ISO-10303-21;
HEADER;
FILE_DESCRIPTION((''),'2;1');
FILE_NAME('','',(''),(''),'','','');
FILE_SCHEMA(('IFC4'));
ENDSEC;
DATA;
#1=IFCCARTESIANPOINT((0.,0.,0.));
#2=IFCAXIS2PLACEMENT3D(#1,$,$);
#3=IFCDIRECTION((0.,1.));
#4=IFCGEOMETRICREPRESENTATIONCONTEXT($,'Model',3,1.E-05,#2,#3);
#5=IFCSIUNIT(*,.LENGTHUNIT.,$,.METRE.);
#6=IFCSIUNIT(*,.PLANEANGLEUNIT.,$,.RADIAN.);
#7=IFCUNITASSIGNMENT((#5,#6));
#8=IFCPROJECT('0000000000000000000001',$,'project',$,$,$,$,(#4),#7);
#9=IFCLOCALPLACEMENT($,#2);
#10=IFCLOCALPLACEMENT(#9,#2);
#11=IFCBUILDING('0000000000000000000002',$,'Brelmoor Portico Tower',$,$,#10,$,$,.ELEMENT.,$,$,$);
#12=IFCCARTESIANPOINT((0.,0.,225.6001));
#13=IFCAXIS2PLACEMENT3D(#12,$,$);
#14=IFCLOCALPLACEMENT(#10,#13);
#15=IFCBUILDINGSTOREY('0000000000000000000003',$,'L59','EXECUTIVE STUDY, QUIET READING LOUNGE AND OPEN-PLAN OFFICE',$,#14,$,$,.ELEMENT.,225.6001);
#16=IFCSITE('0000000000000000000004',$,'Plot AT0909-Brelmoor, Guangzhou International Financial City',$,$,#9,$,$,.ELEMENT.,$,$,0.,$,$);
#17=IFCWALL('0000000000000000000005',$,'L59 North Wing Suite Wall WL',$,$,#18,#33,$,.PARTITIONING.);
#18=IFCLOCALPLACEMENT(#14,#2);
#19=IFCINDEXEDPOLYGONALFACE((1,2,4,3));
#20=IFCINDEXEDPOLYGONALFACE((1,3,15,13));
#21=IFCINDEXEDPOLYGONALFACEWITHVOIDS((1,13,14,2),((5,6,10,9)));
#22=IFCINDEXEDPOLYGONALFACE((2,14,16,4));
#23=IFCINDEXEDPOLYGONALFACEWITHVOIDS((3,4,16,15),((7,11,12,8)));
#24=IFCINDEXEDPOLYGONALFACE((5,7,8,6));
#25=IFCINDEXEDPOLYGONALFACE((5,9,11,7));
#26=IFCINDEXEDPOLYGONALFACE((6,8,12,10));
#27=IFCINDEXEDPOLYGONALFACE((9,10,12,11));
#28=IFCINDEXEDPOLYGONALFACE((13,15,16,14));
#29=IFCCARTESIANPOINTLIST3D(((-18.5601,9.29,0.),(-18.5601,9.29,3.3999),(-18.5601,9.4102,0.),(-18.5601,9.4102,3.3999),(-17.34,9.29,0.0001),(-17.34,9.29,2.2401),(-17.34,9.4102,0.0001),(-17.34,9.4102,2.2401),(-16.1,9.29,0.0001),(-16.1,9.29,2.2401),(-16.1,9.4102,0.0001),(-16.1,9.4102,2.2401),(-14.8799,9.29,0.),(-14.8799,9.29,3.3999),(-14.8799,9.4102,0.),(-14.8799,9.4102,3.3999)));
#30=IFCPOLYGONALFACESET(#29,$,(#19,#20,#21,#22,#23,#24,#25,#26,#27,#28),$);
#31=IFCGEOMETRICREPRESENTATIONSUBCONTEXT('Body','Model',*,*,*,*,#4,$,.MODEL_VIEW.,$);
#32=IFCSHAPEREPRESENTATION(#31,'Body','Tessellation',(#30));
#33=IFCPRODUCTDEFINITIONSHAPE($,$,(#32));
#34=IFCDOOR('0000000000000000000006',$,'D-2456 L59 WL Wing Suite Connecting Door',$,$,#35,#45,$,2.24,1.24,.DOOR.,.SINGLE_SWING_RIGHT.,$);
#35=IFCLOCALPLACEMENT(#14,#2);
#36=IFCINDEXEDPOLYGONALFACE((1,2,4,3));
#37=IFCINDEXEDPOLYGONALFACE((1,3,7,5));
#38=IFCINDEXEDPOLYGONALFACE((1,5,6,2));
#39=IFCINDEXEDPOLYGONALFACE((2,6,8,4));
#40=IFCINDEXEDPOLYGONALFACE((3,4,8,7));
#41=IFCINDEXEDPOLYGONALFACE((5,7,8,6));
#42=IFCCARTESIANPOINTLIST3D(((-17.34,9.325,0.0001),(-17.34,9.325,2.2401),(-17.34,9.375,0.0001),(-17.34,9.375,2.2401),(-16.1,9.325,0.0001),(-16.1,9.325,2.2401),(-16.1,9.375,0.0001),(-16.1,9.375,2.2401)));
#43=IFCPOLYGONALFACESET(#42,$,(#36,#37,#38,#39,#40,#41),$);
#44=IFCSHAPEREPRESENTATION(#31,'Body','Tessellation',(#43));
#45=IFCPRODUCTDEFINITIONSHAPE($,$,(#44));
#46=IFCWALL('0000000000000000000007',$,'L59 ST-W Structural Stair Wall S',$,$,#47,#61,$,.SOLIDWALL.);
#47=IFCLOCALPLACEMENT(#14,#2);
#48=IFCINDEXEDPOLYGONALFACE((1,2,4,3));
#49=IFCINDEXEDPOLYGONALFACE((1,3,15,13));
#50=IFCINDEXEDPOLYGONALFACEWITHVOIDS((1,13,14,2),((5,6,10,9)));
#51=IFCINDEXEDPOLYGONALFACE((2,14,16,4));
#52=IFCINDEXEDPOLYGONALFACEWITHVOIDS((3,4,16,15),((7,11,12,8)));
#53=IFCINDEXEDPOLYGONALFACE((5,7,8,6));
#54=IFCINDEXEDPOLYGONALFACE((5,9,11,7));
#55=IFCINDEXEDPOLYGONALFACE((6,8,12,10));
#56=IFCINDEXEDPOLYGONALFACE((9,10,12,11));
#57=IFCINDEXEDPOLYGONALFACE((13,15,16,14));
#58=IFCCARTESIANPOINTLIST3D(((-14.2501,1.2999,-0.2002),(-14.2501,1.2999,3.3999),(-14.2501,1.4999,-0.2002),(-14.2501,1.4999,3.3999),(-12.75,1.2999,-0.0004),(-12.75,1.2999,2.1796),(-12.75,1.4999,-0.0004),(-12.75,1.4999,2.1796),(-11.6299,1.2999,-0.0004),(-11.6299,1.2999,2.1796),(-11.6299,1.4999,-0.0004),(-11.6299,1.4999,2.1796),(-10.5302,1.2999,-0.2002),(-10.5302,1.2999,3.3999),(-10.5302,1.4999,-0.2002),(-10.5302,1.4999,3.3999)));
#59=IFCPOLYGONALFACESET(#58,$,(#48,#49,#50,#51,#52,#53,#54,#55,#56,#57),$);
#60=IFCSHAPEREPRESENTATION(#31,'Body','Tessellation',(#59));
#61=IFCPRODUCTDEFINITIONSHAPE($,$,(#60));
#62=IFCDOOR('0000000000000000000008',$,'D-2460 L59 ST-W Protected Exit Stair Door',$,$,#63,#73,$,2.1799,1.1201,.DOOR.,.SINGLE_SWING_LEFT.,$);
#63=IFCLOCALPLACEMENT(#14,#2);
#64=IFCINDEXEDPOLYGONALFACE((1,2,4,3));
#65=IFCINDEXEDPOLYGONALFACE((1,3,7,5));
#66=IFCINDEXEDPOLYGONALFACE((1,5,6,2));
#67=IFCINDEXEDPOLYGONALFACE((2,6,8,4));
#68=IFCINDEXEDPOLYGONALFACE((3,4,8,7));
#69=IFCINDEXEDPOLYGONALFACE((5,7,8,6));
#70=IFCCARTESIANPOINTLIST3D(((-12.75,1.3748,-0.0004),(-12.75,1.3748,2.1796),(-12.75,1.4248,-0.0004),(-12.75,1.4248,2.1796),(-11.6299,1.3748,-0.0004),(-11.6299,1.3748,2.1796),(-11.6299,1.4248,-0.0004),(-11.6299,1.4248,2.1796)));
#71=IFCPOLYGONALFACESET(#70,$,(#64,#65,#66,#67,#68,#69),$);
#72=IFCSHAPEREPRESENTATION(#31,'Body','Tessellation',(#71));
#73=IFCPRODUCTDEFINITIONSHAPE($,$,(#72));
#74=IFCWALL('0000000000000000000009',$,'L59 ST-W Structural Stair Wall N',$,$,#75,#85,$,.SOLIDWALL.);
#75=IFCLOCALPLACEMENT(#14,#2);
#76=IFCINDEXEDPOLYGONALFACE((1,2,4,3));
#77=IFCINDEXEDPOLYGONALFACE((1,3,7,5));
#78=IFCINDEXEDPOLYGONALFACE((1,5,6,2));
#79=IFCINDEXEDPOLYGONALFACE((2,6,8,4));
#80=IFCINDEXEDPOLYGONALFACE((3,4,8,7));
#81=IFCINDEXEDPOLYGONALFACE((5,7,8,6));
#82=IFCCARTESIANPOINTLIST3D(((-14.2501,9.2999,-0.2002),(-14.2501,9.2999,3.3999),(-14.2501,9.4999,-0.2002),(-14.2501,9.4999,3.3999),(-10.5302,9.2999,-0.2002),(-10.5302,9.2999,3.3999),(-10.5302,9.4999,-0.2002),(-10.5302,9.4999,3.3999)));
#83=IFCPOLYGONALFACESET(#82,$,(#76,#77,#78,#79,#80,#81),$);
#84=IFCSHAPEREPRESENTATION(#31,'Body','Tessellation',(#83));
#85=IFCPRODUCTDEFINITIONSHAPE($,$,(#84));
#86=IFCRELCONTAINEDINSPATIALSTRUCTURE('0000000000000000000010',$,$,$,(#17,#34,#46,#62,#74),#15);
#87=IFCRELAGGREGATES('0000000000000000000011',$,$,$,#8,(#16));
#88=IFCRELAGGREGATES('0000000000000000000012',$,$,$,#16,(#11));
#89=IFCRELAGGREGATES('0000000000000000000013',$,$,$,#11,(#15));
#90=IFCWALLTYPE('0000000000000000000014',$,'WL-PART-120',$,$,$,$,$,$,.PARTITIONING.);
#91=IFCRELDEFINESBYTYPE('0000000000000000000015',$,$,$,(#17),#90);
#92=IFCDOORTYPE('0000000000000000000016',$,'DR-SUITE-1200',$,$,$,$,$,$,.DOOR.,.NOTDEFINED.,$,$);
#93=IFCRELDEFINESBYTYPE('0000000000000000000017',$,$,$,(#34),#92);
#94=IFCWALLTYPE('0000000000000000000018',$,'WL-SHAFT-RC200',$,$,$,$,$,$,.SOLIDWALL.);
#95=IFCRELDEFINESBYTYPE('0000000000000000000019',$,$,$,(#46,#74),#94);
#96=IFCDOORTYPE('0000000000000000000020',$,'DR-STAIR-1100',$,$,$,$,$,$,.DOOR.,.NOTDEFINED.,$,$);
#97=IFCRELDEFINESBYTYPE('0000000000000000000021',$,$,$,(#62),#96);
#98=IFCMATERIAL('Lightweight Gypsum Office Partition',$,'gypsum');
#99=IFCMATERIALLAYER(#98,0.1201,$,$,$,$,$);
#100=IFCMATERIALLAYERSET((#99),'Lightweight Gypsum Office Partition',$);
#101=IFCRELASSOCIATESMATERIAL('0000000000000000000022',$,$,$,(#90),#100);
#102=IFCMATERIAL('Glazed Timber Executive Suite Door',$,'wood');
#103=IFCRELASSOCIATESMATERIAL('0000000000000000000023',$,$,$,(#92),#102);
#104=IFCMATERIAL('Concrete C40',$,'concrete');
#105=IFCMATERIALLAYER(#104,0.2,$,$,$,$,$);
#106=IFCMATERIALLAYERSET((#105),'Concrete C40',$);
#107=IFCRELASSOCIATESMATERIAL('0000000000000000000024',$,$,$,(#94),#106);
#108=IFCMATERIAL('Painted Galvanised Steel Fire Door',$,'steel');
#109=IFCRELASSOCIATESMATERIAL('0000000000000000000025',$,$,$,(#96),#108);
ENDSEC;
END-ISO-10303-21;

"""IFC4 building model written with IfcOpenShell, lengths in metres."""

from ifc_helpers import new_model, si_unit, direction, frame, frame_2d, origin, place, context, subcontext, project, spatial, rectangle, extrude, material, layer, layer_set, type_object, element, fill, save


model = new_model("IFC4")

# Units and contexts
model_context = context("Model", 3, precision=1e-05, world=origin(), true_north=direction((0.0, 1.0)))
body_context = subcontext(model_context, "Body", "Model", "MODEL_VIEW")
ifc_project = project(units=[si_unit("LENGTHUNIT", "METRE"), si_unit("PLANEANGLEUNIT", "RADIAN")], contexts=[model_context])

# Site, building, storey
site_placement = place(None, origin())
site = spatial("IfcSite", under=ifc_project, at=site_placement, Name="Plot AT0909-Brelmoor, Guangzhou International Financial City", CompositionType="ELEMENT", RefElevation=0.0)
building_placement = place(site_placement, origin())
building = spatial("IfcBuilding", under=site, at=building_placement, Name="Brelmoor Portico Tower", CompositionType="ELEMENT")
storey_placement = place(building_placement, frame((0.0, 0.0, 225.6001)))
storey = spatial("IfcBuildingStorey", under=building, at=storey_placement, Name="L59", Description="EXECUTIVE STUDY, QUIET READING LOUNGE AND OPEN-PLAN OFFICE", CompositionType="ELEMENT", Elevation=225.6001)

# Walls, openings, doors
ifc_material_1 = material(Name="Lightweight Gypsum Office Partition", Category="gypsum")
ifc_layer_1 = layer(ifc_material_1, 0.1201)
ifc_layer_set_1 = layer_set([ifc_layer_1], Name="Lightweight Gypsum Office Partition")
wall_type_1 = type_object("IfcWallType", Name="WL-PART-120", PredefinedType="PARTITIONING", material=ifc_layer_set_1)
wall_1_placement = place(storey_placement, frame((-18.5601, 9.3501, 0.0), z_axis=(0.0, 0.0, 1.0), x_axis=(1.0, 0.0, 0.0)))
wall_1 = element("IfcWall", 1, at=wall_1_placement, inside=storey, type_object=wall_type_1, Name="L59 North Wing Suite Wall WL", PredefinedType="PARTITIONING", context=body_context, shape_type="SweptSolid", body=[
    extrude(rectangle(XDim=3.6802, YDim=0.1201, at=frame_2d((1.8401, 0.0))), origin(), (0.0, 0.0, 1.0), 3.3999),
])
opening_1_placement = place(wall_1_placement, frame((1.22, 0.0, 0.0)))
opening_1 = element("IfcOpeningElement", 2, at=opening_1_placement, cuts=wall_1, PredefinedType="OPENING", context=body_context, shape_type="SweptSolid", body=[
    extrude(rectangle(XDim=1.24, YDim=2.24, at=frame_2d((0.6201, 1.1201))), frame((0.0, 0.0701, 0.0), z_axis=(0.0, -1.0, 0.0), x_axis=(1.0, 0.0, 0.0)), (0.0, 0.0, 1.0), 0.1401),
])
ifc_material_2 = material(Name="Glazed Timber Executive Suite Door", Category="wood")
door_type_1 = type_object("IfcDoorType", Name="DR-SUITE-1200", OperationType="NOTDEFINED", PredefinedType="DOOR", material=ifc_material_2)
door_1_placement = place(opening_1_placement, origin())
door_1 = element("IfcDoor", 3, at=door_1_placement, inside=storey, type_object=door_type_1, Name="D-2456 L59 WL Wing Suite Connecting Door", OperationType="SINGLE_SWING_RIGHT", OverallHeight=2.24, OverallWidth=1.24, PredefinedType="DOOR", context=body_context, shape_type="SweptSolid", body=[
    extrude(rectangle(XDim=1.24, YDim=2.24, at=frame_2d((0.6201, 1.1201))), frame((0.0, 0.0249, 0.0), z_axis=(0.0, -1.0, 0.0), x_axis=(1.0, 0.0, 0.0)), (0.0, 0.0, 1.0), 0.05),
])
fill(opening_1, door_1)
ifc_material_3 = material(Name="Concrete C40", Category="concrete")
ifc_layer_2 = layer(ifc_material_3, 0.2)
ifc_layer_set_2 = layer_set([ifc_layer_2], Name="Concrete C40")
wall_type_2 = type_object("IfcWallType", Name="WL-SHAFT-RC200", PredefinedType="SOLIDWALL", material=ifc_layer_set_2)
wall_2_placement = place(storey_placement, frame((-14.25, 1.3999, -0.2002), z_axis=(0.0, 0.0, 1.0), x_axis=(1.0, 0.0, 0.0)))
wall_2 = element("IfcWall", 4, at=wall_2_placement, inside=storey, type_object=wall_type_2, Name="L59 ST-W Structural Stair Wall S", PredefinedType="SOLIDWALL", context=body_context, shape_type="SweptSolid", body=[
    extrude(rectangle(XDim=3.72, YDim=0.2, at=frame_2d((1.8599, 0.0))), origin(), (0.0, 0.0, 1.0), 3.6001),
])
opening_2_placement = place(wall_2_placement, frame((1.5, 0.0, 0.2)))
opening_2 = element("IfcOpeningElement", 5, at=opening_2_placement, cuts=wall_2, PredefinedType="OPENING", context=body_context, shape_type="SweptSolid", body=[
    extrude(rectangle(XDim=1.1201, YDim=2.1799, at=frame_2d((0.5601, 1.0898))), frame((0.0, 0.1099, 0.0), z_axis=(0.0, -1.0, 0.0), x_axis=(1.0, 0.0, 0.0)), (0.0, 0.0, 1.0), 0.22),
])
ifc_material_4 = material(Name="Painted Galvanised Steel Fire Door", Category="steel")
door_type_2 = type_object("IfcDoorType", Name="DR-STAIR-1100", OperationType="NOTDEFINED", PredefinedType="DOOR", material=ifc_material_4)
door_2_placement = place(opening_2_placement, origin())
door_2 = element("IfcDoor", 6, at=door_2_placement, inside=storey, type_object=door_type_2, Name="D-2460 L59 ST-W Protected Exit Stair Door", OperationType="SINGLE_SWING_LEFT", OverallHeight=2.1799, OverallWidth=1.1201, PredefinedType="DOOR", context=body_context, shape_type="SweptSolid", body=[
    extrude(rectangle(XDim=1.1201, YDim=2.1799, at=frame_2d((0.5601, 1.0898))), frame((0.0, 0.0249, 0.0), z_axis=(0.0, -1.0, 0.0), x_axis=(1.0, 0.0, 0.0)), (0.0, 0.0, 1.0), 0.05),
])
fill(opening_2, door_2)

# Wall
wall_3_placement = place(storey_placement, frame((-14.25, 9.3999, -0.2002), z_axis=(0.0, 0.0, 1.0), x_axis=(1.0, 0.0, 0.0)))
element("IfcWall", 7, at=wall_3_placement, inside=storey, type_object=wall_type_2, Name="L59 ST-W Structural Stair Wall N", PredefinedType="SOLIDWALL", context=body_context, shape_type="SweptSolid", body=[
    extrude(rectangle(XDim=3.72, YDim=0.2, at=frame_2d((1.8599, 0.0))), origin(), (0.0, 0.0, 1.0), 3.6001),
])

save(model, "model.ifc")
